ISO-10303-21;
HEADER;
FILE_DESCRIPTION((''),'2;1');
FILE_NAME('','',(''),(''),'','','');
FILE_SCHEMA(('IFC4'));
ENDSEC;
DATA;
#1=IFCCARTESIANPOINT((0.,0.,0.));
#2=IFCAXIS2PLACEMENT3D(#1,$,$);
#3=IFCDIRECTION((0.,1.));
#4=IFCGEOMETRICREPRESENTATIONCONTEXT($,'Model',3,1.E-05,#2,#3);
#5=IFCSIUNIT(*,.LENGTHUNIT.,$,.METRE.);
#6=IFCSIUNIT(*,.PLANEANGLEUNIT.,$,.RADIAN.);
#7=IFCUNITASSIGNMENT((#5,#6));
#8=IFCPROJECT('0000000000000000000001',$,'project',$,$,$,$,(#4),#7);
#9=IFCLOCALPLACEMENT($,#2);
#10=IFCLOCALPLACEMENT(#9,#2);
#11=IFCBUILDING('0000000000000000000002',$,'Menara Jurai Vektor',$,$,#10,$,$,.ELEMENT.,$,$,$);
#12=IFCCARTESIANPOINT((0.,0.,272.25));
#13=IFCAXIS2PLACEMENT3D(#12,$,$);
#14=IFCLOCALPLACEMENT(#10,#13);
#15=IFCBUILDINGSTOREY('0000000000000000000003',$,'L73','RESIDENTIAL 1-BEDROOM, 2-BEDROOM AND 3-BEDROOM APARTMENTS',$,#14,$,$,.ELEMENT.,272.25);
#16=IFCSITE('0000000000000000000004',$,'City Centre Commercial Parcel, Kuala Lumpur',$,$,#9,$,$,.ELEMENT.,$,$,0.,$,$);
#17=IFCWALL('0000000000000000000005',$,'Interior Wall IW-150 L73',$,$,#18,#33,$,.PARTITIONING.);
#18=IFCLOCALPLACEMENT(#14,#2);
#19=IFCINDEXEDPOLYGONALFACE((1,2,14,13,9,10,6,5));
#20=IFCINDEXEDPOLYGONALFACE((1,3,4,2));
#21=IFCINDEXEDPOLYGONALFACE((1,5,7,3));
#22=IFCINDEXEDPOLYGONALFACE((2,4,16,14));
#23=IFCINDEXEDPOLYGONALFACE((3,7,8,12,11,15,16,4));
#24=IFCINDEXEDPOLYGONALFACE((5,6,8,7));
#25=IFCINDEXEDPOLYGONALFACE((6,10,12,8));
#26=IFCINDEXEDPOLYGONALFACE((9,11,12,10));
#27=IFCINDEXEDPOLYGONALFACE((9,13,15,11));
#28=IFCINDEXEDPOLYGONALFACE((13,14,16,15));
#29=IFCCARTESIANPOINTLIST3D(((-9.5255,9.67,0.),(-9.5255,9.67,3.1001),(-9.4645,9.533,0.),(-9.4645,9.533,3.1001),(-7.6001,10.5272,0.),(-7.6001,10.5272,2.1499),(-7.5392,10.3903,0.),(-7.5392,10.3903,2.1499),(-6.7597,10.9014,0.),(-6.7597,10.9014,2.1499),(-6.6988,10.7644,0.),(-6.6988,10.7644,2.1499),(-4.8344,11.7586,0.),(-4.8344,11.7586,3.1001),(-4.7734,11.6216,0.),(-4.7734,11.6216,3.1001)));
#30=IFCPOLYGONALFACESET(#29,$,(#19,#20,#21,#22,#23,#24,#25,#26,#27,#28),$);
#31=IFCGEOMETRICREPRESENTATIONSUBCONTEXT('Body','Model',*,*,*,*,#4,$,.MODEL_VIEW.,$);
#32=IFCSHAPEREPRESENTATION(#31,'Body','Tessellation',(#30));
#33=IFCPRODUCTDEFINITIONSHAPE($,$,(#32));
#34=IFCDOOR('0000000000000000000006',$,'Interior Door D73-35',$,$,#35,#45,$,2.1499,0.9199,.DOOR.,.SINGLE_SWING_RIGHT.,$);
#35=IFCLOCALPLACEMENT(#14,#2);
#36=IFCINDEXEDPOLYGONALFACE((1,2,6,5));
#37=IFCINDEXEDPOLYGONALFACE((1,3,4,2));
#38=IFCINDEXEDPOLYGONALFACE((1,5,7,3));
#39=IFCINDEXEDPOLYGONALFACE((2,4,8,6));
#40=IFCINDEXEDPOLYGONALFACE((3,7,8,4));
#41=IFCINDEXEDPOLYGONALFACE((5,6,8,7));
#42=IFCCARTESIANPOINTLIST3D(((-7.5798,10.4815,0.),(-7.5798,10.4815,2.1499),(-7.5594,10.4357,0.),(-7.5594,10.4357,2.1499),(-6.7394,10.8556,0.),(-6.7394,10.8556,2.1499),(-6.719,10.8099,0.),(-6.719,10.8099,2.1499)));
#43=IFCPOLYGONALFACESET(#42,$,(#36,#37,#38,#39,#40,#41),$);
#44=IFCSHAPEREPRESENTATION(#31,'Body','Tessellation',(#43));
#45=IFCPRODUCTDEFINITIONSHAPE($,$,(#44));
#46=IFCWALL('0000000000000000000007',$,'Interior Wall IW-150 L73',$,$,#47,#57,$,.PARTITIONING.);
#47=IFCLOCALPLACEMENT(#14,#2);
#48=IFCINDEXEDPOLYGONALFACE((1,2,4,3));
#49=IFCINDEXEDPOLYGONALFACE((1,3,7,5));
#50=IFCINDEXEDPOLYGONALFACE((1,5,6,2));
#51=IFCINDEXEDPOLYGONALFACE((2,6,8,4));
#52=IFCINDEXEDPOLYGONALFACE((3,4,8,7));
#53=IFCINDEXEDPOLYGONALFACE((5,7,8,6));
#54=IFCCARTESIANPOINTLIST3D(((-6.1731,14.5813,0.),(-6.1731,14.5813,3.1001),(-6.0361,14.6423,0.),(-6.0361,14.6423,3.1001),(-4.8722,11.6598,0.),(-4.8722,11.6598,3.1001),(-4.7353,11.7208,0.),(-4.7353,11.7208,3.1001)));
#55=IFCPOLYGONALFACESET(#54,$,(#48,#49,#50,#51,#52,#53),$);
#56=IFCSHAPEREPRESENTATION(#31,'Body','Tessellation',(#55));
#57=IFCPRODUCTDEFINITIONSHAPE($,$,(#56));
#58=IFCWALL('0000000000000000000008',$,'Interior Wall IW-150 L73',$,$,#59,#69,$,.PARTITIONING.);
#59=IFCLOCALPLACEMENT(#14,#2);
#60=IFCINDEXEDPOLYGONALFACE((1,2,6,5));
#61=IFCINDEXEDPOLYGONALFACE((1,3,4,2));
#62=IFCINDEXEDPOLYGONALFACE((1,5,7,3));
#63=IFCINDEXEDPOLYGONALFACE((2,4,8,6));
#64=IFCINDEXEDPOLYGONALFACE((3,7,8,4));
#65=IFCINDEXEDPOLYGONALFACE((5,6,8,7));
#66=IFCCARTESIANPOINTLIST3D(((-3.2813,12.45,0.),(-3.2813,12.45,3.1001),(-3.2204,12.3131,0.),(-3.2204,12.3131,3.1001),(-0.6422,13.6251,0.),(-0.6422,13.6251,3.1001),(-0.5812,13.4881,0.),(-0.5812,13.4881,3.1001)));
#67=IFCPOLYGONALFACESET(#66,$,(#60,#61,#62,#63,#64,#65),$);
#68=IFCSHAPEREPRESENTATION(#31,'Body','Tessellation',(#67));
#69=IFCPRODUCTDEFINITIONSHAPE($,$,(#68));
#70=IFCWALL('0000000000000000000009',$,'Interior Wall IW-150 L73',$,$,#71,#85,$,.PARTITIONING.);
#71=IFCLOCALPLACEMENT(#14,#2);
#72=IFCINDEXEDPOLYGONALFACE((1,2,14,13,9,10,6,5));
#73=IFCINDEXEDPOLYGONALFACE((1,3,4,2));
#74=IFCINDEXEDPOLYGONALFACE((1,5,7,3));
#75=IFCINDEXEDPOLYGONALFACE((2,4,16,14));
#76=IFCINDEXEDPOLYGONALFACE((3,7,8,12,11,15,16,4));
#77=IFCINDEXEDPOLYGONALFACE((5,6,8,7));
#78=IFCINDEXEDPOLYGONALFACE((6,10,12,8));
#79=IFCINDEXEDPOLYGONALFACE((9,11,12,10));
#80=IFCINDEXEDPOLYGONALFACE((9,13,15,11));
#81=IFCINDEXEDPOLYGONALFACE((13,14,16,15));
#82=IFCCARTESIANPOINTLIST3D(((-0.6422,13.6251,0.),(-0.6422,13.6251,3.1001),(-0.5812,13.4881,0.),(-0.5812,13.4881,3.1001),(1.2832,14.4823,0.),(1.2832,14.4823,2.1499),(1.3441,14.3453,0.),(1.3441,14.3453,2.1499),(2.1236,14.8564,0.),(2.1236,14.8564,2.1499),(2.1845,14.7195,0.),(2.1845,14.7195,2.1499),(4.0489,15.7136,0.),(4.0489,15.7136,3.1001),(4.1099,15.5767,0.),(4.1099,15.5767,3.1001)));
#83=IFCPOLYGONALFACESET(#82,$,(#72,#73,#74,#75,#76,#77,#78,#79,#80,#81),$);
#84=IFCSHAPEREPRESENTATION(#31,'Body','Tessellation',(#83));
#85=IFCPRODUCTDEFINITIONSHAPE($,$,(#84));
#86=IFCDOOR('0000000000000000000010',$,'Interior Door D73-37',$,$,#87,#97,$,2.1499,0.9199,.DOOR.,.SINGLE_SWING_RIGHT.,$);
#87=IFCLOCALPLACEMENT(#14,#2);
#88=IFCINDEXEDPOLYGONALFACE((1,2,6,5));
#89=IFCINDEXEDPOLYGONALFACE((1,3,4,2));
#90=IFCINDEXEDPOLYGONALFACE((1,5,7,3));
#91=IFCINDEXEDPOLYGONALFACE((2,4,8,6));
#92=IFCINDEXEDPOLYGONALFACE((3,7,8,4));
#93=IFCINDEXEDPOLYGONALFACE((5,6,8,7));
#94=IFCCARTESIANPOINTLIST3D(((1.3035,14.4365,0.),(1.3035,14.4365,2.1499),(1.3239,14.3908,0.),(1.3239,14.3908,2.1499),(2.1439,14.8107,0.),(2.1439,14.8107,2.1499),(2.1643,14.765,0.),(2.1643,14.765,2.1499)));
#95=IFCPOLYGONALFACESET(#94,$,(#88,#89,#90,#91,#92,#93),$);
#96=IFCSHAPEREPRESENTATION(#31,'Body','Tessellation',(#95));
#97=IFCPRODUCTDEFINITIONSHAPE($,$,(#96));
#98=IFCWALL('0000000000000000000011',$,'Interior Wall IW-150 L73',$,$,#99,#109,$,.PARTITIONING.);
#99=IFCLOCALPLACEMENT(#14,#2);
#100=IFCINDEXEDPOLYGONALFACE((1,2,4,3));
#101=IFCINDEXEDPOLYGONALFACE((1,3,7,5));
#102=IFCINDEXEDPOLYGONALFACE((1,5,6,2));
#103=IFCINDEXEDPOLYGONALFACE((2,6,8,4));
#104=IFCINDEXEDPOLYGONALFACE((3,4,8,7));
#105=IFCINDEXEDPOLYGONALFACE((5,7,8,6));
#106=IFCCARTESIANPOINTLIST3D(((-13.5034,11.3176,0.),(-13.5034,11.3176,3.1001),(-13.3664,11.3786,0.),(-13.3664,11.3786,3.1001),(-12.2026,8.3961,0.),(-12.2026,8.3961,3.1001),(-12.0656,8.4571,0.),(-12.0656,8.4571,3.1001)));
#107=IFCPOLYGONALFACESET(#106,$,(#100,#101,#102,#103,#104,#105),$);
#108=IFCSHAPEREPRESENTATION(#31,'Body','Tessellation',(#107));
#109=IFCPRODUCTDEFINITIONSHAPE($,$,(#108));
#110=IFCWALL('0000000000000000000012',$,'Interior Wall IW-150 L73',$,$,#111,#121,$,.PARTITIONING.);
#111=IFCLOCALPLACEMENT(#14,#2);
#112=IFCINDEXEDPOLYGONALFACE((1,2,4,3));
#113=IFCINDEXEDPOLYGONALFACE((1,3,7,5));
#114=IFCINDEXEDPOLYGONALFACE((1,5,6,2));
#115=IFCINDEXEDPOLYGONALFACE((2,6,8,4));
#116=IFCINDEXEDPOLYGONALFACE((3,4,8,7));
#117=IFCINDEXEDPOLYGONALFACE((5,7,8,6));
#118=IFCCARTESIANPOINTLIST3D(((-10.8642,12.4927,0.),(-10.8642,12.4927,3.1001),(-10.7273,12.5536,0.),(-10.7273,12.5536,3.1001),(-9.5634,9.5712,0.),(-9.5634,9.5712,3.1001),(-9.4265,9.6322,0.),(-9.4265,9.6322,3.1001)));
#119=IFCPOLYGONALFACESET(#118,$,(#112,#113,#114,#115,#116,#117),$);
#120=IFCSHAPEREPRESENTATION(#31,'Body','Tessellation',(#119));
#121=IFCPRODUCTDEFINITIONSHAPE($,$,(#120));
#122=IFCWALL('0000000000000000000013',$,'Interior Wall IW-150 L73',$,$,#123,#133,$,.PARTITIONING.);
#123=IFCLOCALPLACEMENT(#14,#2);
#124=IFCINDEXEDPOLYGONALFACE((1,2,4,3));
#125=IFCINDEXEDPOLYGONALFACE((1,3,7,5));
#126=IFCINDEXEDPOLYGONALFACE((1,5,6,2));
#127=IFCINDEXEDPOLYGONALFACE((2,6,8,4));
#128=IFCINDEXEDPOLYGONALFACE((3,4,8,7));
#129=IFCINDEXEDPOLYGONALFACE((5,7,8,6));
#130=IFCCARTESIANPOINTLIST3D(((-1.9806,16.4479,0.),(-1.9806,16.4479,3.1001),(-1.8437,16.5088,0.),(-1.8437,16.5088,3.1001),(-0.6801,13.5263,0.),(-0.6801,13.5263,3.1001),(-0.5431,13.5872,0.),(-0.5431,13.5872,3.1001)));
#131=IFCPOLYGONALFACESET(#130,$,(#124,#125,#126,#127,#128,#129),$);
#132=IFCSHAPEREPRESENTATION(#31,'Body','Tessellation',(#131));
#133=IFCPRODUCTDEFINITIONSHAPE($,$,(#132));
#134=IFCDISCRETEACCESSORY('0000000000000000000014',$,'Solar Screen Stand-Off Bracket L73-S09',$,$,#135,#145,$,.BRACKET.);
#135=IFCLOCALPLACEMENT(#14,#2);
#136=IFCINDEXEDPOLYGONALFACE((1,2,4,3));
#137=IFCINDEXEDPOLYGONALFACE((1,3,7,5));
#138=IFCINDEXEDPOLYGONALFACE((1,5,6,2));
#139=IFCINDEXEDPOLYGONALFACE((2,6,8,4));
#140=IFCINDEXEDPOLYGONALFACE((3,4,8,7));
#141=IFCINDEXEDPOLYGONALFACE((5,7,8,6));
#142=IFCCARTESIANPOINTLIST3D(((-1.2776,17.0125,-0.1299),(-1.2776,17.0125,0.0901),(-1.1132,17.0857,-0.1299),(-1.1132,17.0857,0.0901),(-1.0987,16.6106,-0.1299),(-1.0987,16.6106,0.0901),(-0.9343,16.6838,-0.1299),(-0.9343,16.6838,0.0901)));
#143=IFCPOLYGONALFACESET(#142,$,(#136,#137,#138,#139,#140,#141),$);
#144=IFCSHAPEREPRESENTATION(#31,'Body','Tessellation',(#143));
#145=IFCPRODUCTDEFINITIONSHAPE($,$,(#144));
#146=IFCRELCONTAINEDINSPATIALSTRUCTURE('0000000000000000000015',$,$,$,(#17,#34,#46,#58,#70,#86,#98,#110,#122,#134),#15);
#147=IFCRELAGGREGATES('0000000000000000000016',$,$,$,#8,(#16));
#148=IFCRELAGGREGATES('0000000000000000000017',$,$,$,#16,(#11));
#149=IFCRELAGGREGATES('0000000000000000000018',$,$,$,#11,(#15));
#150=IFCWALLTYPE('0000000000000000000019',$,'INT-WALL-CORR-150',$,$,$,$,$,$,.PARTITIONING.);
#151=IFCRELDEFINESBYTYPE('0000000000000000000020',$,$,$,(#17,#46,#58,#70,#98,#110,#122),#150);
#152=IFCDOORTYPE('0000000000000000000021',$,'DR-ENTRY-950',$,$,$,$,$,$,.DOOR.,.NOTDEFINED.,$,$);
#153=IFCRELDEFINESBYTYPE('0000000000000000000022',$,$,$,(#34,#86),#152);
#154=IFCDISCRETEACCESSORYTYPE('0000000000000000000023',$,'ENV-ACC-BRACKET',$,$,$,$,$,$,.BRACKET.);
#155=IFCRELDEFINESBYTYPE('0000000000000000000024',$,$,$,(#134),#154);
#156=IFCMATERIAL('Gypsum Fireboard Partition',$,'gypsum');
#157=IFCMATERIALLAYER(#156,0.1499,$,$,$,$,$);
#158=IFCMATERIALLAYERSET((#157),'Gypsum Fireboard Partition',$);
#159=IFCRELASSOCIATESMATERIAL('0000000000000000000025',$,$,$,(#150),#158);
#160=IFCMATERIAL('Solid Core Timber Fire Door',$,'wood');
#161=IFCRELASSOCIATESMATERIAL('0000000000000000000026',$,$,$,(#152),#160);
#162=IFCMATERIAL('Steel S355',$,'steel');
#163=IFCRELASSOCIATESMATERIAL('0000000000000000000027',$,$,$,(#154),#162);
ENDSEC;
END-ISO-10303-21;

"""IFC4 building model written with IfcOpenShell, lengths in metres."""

from ifc_helpers import new_model, si_unit, direction, frame, frame_2d, origin, origin_2d, place, context, subcontext, project, spatial, rectangle, extrude, material, layer, layer_set, type_object, element, fill, save


model = new_model("IFC4")

# Units and contexts
model_context = context("Model", 3, precision=1e-05, world=origin(), true_north=direction((0.0, 1.0)))
body_context = subcontext(model_context, "Body", "Model", "MODEL_VIEW")
ifc_project = project(units=[si_unit("LENGTHUNIT", "METRE"), si_unit("PLANEANGLEUNIT", "RADIAN")], contexts=[model_context])

# Site, building, storey
site_placement = place(None, origin())
site = spatial("IfcSite", under=ifc_project, at=site_placement, Name="City Centre Commercial Parcel, Kuala Lumpur", CompositionType="ELEMENT", RefElevation=0.0)
building_placement = place(site_placement, origin())
building = spatial("IfcBuilding", under=site, at=building_placement, Name="Menara Jurai Vektor", CompositionType="ELEMENT")
storey_placement = place(building_placement, frame((0.0, 0.0, 272.25)))
storey = spatial("IfcBuildingStorey", under=building, at=storey_placement, Name="L73", Description="RESIDENTIAL 1-BEDROOM, 2-BEDROOM AND 3-BEDROOM APARTMENTS", CompositionType="ELEMENT", Elevation=272.25)

# Shared definitions
ifc_material_1 = material(Name="Steel S355", Category="steel")

# Shared definitions
ifc_material_2 = material(Name="Gypsum Fireboard Partition", Category="gypsum")
ifc_layer_1 = layer(ifc_material_2, 0.1499)
ifc_layer_set_1 = layer_set([ifc_layer_1], Name="Gypsum Fireboard Partition")
wall_type = type_object("IfcWallType", Name="INT-WALL-CORR-150", PredefinedType="PARTITIONING", material=ifc_layer_set_1)

# Wall, opening, door
ifc_material_3 = material(Name="Solid Core Timber Fire Door", Category="wood")
door_type = type_object("IfcDoorType", Name="DR-ENTRY-950", OperationType="NOTDEFINED", PredefinedType="DOOR", material=ifc_material_3)
wall_1_placement = place(storey_placement, frame((-9.4949, 9.6016, 0.0), z_axis=(0.0, 0.0, 1.0), x_axis=(0.913547, 0.406734, 0.0)))
wall_1 = element("IfcWall", 1, at=wall_1_placement, inside=storey, type_object=wall_type, Name="Interior Wall IW-150 L73", PredefinedType="PARTITIONING", context=body_context, shape_type="SweptSolid", body=[
    extrude(rectangle(XDim=5.135, YDim=0.1499, at=frame_2d((2.5674, 0.0))), origin(), (0.0, 0.0, 1.0), 3.1001),
])
opening_1_placement = place(wall_1_placement, frame((2.1074, 0.0, 0.0)))
opening_1 = element("IfcOpeningElement", 2, at=opening_1_placement, cuts=wall_1, PredefinedType="OPENING", context=body_context, shape_type="SweptSolid", body=[
    extrude(rectangle(XDim=0.9199, YDim=2.1499, at=frame_2d((0.46, 1.075))), frame((0.0, 0.085, 0.0), z_axis=(0.0, -1.0, 0.0), x_axis=(1.0, 0.0, 0.0)), (0.0, 0.0, 1.0), 0.1699),
])
door_1_placement = place(opening_1_placement, origin())
door_1 = element("IfcDoor", 3, at=door_1_placement, inside=storey, type_object=door_type, Name="Interior Door D73-35", OperationType="SINGLE_SWING_RIGHT", OverallHeight=2.1499, OverallWidth=0.9199, PredefinedType="DOOR", context=body_context, shape_type="SweptSolid", body=[
    extrude(rectangle(XDim=0.9199, YDim=2.1499, at=frame_2d((0.46, 1.075))), frame((0.0, 0.0249, 0.0), z_axis=(0.0, -1.0, 0.0), x_axis=(1.0, 0.0, 0.0)), (0.0, 0.0, 1.0), 0.05),
])
fill(opening_1, door_1)

# Wall
wall_2_placement = place(storey_placement, frame((-4.8037, 11.6902, 0.0), z_axis=(0.0, 0.0, 1.0), x_axis=(-0.406762, 0.913534, 0.0)))
element("IfcWall", 4, at=wall_2_placement, inside=storey, type_object=wall_type, Name="Interior Wall IW-150 L73", PredefinedType="PARTITIONING", context=body_context, shape_type="SweptSolid", body=[
    extrude(rectangle(XDim=3.198, YDim=0.1499, at=frame_2d((1.5991, 0.0))), origin(), (0.0, 0.0, 1.0), 3.1001),
])

# Wall
wall_3_placement = place(storey_placement, frame((-3.2507, 12.3816, 0.0), z_axis=(0.0, 0.0, 1.0), x_axis=(0.913543, 0.406742, 0.0)))
element("IfcWall", 5, at=wall_3_placement, inside=storey, type_object=wall_type, Name="Interior Wall IW-150 L73", PredefinedType="PARTITIONING", context=body_context, shape_type="SweptSolid", body=[
    extrude(rectangle(XDim=2.8889, YDim=0.1499, at=frame_2d((1.4443, 0.0))), origin(), (0.0, 0.0, 1.0), 3.1001),
])

# Wall, opening, door
wall_4_placement = place(storey_placement, frame((-0.6116, 13.5566, 0.0), z_axis=(0.0, 0.0, 1.0), x_axis=(0.913547, 0.406734, 0.0)))
wall_4 = element("IfcWall", 6, at=wall_4_placement, inside=storey, type_object=wall_type, Name="Interior Wall IW-150 L73", PredefinedType="PARTITIONING", context=body_context, shape_type="SweptSolid", body=[
    extrude(rectangle(XDim=5.135, YDim=0.1499, at=frame_2d((2.5674, 0.0))), origin(), (0.0, 0.0, 1.0), 3.1001),
])
opening_2_placement = place(wall_4_placement, frame((2.1074, 0.0, 0.0)))
opening_2 = element("IfcOpeningElement", 7, at=opening_2_placement, cuts=wall_4, PredefinedType="OPENING", context=body_context, shape_type="SweptSolid", body=[
    extrude(rectangle(XDim=0.9199, YDim=2.1499, at=frame_2d((0.46, 1.075))), frame((0.0, 0.085, 0.0), z_axis=(0.0, -1.0, 0.0), x_axis=(1.0, 0.0, 0.0)), (0.0, 0.0, 1.0), 0.1699),
])
door_2_placement = place(opening_2_placement, origin())
door_2 = element("IfcDoor", 8, at=door_2_placement, inside=storey, type_object=door_type, Name="Interior Door D73-37", OperationType="SINGLE_SWING_RIGHT", OverallHeight=2.1499, OverallWidth=0.9199, PredefinedType="DOOR", context=body_context, shape_type="SweptSolid", body=[
    extrude(rectangle(XDim=0.9199, YDim=2.1499, at=frame_2d((0.46, 1.075))), frame((0.0, 0.0249, 0.0), z_axis=(0.0, -1.0, 0.0), x_axis=(1.0, 0.0, 0.0)), (0.0, 0.0, 1.0), 0.05),
])
fill(opening_2, door_2)

# Walls
for number, where, z_axis, x_axis, name in (
    (9, (-12.134, 8.4265, 0.0), (0.0, 0.0, 1.0), (-0.406762, 0.913534, 0.0), "Interior Wall IW-150 L73"),
    (10, (-9.4949, 9.6016, 0.0), (0.0, 0.0, 1.0), (-0.406762, 0.913534, 0.0), "Interior Wall IW-150 L73"),
    (11, (-0.6116, 13.5566, 0.0), (0.0, 0.0, 1.0), (-0.40667, 0.913575, 0.0), "Interior Wall IW-150 L73"),
):
    element("IfcWall", number, at=place(storey_placement, frame(where, z_axis=z_axis, x_axis=x_axis)), inside=storey, type_object=wall_type, Name=name, PredefinedType="PARTITIONING", context=body_context, shape_type="SweptSolid", body=[
        extrude(rectangle(XDim=3.198, YDim=0.1499, at=frame_2d((1.5991, 0.0))), origin(), (0.0, 0.0, 1.0), 3.1001),
    ])

# Discrete accessory
discrete_accessory_type = type_object("IfcDiscreteAccessoryType", Name="ENV-ACC-BRACKET", PredefinedType="BRACKET", material=ifc_material_1)
discrete_accessory_placement = place(storey_placement, frame((-1.106, 16.8481, -0.1299), z_axis=(0.0, 0.0, 1.0), x_axis=(-0.913545, -0.406737, 0.0)))
element("IfcDiscreteAccessory", 12, at=discrete_accessory_placement, inside=storey, type_object=discrete_accessory_type, Name="Solar Screen Stand-Off Bracket L73-S09", PredefinedType="BRACKET", context=body_context, shape_type="SweptSolid", body=[
    extrude(rectangle(XDim=0.1799, YDim=0.4399, at=origin_2d()), origin(), (0.0, 0.0, 1.0), 0.22),
])

save(model, "model.ifc")
